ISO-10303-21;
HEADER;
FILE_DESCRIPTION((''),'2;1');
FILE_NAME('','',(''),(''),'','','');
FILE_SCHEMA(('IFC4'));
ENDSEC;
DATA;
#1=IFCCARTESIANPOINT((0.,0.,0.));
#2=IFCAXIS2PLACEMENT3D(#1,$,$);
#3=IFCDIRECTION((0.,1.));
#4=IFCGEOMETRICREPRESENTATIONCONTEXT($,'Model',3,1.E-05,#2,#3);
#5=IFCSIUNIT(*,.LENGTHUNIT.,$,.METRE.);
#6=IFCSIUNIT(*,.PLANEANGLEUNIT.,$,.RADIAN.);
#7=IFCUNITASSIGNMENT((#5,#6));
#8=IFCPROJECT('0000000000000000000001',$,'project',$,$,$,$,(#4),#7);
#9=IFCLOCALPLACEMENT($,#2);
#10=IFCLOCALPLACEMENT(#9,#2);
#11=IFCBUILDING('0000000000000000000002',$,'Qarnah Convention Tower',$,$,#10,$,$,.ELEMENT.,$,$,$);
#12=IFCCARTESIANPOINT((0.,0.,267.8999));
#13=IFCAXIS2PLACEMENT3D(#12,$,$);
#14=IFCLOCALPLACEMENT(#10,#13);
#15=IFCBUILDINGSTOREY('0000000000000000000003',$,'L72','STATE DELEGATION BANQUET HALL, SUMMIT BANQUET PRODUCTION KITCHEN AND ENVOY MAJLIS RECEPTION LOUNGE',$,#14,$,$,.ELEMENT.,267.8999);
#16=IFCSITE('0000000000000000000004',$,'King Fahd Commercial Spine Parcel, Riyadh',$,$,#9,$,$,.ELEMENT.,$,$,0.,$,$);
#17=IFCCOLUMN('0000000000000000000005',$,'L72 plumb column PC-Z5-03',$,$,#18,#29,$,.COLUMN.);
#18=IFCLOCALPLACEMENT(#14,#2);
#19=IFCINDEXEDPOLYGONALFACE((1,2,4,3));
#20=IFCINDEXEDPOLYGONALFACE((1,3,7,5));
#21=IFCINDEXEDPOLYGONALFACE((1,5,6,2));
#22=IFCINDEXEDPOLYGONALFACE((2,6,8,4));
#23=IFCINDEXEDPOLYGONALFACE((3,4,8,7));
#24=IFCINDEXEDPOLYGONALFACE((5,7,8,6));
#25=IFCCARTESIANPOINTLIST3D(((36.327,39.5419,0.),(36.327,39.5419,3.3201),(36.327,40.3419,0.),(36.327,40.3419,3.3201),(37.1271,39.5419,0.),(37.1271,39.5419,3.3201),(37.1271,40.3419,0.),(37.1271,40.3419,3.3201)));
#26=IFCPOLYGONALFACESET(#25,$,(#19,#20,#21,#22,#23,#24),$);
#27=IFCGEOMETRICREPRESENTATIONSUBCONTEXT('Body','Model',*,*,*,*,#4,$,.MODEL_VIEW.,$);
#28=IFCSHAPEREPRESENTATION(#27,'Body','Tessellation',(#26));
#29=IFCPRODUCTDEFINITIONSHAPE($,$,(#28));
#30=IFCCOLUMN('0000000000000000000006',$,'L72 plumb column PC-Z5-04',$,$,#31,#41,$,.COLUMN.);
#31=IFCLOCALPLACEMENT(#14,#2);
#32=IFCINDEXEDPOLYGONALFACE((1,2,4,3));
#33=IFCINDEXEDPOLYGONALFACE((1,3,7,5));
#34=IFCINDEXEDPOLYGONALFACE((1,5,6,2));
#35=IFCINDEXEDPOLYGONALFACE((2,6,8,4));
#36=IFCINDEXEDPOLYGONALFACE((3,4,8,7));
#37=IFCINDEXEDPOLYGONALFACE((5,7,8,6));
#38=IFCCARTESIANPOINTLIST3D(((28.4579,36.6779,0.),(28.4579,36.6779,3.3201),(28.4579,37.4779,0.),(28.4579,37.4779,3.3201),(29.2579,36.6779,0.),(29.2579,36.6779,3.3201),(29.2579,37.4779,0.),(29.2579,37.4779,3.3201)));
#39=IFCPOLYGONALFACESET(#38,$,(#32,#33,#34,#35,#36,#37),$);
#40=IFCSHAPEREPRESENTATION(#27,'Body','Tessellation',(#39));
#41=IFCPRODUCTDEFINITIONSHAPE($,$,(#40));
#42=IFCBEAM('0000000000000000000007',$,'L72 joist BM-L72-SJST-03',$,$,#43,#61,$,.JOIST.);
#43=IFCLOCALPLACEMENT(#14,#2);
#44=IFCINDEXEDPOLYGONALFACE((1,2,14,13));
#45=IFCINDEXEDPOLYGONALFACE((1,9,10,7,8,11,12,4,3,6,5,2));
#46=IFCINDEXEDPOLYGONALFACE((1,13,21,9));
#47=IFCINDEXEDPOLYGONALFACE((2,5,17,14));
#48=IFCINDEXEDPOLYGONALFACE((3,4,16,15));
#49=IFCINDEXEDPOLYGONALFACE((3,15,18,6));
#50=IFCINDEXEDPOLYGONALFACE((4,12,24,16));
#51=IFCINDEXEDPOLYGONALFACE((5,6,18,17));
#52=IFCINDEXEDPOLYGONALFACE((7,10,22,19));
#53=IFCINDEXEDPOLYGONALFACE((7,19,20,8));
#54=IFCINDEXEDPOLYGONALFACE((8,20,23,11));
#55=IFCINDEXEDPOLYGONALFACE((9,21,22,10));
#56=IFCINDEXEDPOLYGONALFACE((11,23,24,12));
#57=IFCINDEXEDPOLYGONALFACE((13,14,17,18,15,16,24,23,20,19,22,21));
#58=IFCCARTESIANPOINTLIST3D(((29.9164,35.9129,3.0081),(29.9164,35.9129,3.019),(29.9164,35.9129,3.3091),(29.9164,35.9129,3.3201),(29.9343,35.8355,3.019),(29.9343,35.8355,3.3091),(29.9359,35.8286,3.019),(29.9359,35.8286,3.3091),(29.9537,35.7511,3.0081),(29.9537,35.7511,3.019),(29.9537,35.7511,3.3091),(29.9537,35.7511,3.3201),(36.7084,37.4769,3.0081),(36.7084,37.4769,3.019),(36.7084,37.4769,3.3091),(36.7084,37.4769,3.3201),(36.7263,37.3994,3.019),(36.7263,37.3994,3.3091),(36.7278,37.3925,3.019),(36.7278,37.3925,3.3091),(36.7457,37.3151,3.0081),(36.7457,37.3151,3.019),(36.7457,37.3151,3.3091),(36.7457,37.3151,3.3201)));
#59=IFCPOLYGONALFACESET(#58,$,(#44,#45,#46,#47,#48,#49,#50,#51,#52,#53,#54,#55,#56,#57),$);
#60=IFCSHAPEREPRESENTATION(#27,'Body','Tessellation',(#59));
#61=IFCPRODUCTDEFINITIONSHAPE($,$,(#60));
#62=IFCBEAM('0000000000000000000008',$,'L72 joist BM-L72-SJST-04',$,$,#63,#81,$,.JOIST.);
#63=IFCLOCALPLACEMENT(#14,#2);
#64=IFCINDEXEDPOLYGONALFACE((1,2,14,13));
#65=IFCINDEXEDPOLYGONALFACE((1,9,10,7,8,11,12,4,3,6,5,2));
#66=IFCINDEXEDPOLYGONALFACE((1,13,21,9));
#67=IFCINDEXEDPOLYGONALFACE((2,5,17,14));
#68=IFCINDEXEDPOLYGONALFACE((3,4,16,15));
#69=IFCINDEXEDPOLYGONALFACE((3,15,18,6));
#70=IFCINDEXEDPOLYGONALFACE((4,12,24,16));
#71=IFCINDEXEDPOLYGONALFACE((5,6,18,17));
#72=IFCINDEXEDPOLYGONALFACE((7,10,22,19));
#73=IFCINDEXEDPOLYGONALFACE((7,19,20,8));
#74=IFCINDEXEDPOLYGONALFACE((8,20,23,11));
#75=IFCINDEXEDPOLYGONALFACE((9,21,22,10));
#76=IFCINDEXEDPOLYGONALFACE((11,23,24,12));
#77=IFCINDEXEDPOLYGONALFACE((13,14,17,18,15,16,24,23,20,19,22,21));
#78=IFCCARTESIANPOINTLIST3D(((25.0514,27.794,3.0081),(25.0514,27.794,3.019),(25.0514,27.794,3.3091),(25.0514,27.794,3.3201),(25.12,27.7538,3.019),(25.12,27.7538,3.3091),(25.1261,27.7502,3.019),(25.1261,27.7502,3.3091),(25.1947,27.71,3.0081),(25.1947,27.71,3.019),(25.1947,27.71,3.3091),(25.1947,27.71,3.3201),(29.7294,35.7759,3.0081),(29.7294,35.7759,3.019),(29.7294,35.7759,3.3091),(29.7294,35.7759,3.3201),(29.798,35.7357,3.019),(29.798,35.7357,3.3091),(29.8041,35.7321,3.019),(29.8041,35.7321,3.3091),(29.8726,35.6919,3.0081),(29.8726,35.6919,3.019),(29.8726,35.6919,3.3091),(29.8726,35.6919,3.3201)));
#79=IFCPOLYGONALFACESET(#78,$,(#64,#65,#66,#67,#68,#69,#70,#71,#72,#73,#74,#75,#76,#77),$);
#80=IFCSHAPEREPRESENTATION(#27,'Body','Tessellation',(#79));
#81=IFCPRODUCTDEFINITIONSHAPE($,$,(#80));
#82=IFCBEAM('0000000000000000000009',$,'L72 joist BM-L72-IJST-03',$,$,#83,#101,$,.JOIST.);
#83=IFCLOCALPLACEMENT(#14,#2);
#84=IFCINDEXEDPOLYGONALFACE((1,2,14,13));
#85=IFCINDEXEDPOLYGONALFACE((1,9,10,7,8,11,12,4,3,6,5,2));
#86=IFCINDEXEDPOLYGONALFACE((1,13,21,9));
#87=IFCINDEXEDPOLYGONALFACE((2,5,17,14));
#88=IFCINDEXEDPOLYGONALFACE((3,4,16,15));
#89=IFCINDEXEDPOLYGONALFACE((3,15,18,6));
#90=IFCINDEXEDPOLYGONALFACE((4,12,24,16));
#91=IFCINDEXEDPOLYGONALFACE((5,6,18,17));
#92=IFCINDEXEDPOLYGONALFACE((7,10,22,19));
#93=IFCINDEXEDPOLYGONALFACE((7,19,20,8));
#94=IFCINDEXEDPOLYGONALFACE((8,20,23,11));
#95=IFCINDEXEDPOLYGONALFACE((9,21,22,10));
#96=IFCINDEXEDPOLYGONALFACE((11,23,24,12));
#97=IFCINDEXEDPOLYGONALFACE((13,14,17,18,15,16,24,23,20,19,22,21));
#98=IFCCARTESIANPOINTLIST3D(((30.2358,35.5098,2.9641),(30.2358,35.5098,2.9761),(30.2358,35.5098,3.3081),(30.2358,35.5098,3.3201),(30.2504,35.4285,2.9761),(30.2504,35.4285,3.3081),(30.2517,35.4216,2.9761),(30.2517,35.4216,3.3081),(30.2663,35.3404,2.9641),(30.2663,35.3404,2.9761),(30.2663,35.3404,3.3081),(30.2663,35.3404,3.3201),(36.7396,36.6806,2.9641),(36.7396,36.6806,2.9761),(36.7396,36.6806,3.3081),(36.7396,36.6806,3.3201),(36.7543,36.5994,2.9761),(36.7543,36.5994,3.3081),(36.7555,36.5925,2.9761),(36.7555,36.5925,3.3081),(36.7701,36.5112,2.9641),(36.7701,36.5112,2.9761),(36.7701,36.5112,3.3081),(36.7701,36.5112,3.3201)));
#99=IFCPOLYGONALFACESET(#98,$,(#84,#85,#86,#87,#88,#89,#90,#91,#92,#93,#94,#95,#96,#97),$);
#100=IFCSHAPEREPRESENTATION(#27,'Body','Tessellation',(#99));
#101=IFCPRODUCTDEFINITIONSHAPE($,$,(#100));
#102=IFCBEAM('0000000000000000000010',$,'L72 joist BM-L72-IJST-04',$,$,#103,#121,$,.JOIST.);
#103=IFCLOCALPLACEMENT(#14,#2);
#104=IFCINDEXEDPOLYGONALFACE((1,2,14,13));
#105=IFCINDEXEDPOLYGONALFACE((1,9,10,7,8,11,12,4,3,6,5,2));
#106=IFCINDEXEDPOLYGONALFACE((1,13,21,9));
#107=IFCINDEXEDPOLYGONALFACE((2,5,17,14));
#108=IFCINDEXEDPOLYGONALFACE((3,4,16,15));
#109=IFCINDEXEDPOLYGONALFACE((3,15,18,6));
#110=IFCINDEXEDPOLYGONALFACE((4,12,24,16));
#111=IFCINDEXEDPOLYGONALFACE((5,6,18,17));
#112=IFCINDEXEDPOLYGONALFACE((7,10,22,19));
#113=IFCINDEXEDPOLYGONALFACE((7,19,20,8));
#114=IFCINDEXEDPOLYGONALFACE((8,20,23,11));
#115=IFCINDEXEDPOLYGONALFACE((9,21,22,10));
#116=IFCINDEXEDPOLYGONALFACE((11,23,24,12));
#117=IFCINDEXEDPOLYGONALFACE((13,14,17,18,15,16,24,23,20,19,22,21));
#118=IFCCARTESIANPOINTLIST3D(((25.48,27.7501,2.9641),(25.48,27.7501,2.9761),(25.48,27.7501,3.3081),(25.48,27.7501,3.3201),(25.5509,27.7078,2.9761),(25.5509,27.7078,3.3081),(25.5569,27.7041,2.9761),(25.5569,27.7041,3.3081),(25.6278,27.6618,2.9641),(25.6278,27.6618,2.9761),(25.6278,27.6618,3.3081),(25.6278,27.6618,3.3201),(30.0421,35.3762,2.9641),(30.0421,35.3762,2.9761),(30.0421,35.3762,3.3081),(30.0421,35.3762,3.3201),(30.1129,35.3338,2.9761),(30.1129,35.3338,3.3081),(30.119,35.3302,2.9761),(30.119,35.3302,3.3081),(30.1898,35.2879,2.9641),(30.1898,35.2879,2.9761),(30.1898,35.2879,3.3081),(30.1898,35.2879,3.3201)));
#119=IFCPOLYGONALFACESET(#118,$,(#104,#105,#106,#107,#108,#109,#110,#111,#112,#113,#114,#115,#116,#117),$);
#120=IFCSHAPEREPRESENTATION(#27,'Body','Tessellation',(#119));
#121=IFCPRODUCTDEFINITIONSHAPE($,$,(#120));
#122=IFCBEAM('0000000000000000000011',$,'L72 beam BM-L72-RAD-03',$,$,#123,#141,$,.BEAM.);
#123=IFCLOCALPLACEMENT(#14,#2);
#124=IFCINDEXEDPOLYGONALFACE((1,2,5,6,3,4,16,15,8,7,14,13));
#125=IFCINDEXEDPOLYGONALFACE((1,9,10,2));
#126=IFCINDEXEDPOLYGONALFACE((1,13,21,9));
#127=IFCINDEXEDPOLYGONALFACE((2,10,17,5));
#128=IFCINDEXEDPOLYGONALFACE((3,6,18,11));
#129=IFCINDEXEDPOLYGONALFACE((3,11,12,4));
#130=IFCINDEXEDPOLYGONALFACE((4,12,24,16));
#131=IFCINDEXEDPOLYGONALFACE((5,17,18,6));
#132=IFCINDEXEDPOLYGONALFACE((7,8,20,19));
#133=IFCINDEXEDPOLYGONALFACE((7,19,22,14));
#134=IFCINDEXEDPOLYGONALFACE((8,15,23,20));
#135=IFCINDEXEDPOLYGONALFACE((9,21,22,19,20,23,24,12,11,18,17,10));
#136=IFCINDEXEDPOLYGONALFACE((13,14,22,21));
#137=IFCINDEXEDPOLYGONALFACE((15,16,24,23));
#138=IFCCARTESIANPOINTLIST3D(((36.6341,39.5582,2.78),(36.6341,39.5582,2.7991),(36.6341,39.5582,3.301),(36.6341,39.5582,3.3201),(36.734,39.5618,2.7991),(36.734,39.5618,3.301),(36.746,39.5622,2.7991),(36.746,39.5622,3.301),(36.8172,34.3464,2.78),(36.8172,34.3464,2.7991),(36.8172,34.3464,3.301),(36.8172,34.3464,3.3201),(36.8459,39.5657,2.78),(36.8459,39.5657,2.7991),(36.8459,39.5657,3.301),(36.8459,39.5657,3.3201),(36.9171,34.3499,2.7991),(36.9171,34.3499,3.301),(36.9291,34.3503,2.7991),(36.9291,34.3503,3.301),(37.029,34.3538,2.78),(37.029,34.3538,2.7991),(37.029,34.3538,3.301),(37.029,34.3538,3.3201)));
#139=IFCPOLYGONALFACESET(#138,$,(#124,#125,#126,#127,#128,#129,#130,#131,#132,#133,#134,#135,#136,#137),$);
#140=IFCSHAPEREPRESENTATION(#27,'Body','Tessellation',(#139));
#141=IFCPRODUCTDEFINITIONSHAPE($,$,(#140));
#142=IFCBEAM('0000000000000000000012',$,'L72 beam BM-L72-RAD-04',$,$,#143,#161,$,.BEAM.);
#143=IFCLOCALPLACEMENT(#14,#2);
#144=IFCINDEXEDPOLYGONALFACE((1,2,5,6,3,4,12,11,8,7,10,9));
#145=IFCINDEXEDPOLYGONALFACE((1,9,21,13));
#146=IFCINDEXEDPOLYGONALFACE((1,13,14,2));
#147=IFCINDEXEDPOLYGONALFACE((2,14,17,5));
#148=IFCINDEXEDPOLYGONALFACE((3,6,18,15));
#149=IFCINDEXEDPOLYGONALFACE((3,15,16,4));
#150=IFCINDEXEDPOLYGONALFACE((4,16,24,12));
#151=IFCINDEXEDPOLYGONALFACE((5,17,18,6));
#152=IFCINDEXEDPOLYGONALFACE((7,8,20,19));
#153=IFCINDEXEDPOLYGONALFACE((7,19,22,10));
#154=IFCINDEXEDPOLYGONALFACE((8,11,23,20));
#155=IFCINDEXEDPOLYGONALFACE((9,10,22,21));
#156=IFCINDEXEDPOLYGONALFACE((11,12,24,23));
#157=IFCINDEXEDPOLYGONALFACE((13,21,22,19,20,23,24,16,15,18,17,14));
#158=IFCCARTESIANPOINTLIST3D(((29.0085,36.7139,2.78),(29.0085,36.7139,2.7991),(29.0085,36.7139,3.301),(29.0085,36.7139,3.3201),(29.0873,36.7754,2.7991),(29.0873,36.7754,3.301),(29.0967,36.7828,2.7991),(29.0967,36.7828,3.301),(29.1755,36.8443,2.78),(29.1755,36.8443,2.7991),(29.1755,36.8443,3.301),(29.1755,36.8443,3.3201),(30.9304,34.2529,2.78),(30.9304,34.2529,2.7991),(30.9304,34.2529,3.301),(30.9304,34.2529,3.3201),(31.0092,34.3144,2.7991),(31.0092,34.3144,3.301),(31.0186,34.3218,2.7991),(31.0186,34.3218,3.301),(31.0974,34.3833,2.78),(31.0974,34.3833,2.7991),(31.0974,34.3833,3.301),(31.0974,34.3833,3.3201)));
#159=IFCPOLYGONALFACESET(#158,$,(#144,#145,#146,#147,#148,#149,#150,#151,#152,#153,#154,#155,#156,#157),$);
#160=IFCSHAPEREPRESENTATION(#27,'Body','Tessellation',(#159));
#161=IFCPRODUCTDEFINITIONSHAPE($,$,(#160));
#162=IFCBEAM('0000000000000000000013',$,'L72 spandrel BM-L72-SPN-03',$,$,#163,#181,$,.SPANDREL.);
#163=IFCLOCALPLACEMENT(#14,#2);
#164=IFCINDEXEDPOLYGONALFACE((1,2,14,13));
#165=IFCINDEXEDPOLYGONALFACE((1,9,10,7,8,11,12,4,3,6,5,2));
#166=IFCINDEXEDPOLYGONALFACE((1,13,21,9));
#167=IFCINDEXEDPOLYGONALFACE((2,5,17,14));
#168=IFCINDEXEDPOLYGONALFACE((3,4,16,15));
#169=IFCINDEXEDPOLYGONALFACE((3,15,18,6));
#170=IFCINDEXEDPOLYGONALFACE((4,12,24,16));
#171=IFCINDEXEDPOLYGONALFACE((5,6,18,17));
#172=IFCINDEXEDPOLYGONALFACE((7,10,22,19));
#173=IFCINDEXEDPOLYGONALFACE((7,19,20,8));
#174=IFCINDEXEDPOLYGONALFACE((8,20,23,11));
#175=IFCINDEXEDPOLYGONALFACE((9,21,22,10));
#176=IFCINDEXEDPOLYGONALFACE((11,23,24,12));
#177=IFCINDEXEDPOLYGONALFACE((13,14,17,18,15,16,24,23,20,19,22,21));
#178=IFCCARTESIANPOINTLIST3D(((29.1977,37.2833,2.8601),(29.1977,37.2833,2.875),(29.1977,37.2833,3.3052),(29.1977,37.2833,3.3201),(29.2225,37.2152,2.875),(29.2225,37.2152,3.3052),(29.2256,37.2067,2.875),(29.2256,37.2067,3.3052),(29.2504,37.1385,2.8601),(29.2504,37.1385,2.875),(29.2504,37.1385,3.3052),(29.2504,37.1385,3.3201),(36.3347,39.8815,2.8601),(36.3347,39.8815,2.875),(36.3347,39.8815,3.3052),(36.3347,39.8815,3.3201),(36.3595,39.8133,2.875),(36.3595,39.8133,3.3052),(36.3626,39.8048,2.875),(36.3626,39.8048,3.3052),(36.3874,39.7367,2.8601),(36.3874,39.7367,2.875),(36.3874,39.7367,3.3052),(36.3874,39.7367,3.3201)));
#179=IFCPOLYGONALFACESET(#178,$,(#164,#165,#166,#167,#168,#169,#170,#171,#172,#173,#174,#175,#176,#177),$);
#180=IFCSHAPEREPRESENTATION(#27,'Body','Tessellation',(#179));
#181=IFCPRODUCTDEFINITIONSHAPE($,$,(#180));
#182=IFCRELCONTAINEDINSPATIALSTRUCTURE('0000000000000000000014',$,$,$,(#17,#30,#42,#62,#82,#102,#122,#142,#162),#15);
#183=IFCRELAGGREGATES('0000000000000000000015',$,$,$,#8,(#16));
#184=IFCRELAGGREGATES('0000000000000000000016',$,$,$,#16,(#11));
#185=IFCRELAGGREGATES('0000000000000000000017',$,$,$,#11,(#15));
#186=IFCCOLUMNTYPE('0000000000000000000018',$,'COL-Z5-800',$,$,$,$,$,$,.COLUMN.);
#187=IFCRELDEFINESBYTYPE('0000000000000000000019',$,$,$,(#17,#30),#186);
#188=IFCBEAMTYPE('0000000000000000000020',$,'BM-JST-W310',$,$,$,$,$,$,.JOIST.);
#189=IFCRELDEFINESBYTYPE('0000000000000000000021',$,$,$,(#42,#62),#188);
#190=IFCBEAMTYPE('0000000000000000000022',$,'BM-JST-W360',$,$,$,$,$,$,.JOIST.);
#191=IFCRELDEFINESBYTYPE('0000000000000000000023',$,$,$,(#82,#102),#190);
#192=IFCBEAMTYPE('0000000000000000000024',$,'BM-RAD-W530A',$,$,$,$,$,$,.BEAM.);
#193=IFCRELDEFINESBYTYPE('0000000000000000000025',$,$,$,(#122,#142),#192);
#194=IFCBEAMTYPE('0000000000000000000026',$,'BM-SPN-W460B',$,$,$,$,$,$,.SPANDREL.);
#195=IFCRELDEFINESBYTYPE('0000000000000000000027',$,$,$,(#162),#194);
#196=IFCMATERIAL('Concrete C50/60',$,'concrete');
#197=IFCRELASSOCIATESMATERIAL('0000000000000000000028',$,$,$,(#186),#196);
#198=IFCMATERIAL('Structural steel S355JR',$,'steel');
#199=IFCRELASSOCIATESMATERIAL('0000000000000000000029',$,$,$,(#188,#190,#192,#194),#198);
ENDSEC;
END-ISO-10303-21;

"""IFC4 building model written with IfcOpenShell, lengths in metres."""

from ifc_helpers import new_model, si_unit, direction, frame, origin, origin_2d, place, context, subcontext, project, spatial, rectangle, i_section, extrude, material, material_profile, profile_set, type_object, element, save


model = new_model("IFC4")

# Units and contexts
model_context = context("Model", 3, precision=1e-05, world=origin(), true_north=direction((0.0, 1.0)))
body_context = subcontext(model_context, "Body", "Model", "MODEL_VIEW")
ifc_project = project(units=[si_unit("LENGTHUNIT", "METRE"), si_unit("PLANEANGLEUNIT", "RADIAN")], contexts=[model_context])

# Site, building, storey
site_placement = place(None, origin())
site = spatial("IfcSite", under=ifc_project, at=site_placement, Name="King Fahd Commercial Spine Parcel, Riyadh", CompositionType="ELEMENT", RefElevation=0.0)
building_placement = place(site_placement, origin())
building = spatial("IfcBuilding", under=site, at=building_placement, Name="Qarnah Convention Tower", CompositionType="ELEMENT")
storey_placement = place(building_placement, frame((0.0, 0.0, 267.8999)))
storey = spatial("IfcBuildingStorey", under=building, at=storey_placement, Name="L72", Description="STATE DELEGATION BANQUET HALL, SUMMIT BANQUET PRODUCTION KITCHEN AND ENVOY MAJLIS RECEPTION LOUNGE", CompositionType="ELEMENT", Elevation=267.8999)

# Columns
ifc_material_1 = material(Name="Concrete C50/60", Category="concrete")
ifc_material_profile_1 = material_profile(ifc_material_1, rectangle(XDim=0.8, YDim=0.8, at=origin_2d()), Name="RC-COL-800X800")
ifc_profile_set_1 = profile_set([ifc_material_profile_1], Name="Concrete C50/60")
column_type = type_object("IfcColumnType", Name="COL-Z5-800", PredefinedType="COLUMN", material=ifc_profile_set_1)
for number, where, z_axis, x_axis, name in (
    (1, (36.7271, 39.9419, 0.0), (0.0, 0.0, 1.0), (1.0, 0.0, 0.0), "L72 plumb column PC-Z5-03"),
    (2, (28.8579, 37.0779, 0.0), (0.0, 0.0, 1.0), (1.0, 0.0, 0.0), "L72 plumb column PC-Z5-04"),
):
    element("IfcColumn", number, at=place(storey_placement, frame(where, z_axis=z_axis, x_axis=x_axis)), inside=storey, type_object=column_type, Name=name, PredefinedType="COLUMN", context=body_context, shape_type="SweptSolid", body=[
        extrude(rectangle(XDim=0.8, YDim=0.8, at=origin_2d()), origin(), (0.0, 0.0, 1.0), 3.3201),
    ])

# Beams
ifc_material_2 = material(Name="Structural steel S355JR", Category="steel")
ifc_material_profile_2 = material_profile(ifc_material_2, i_section(OverallWidth=0.166, OverallDepth=0.312, WebThickness=0.0071, FlangeThickness=0.011, at=origin_2d()), Name="W310X45")
ifc_profile_set_2 = profile_set([ifc_material_profile_2], Name="Structural steel S355JR")
beam_type_1 = type_object("IfcBeamType", Name="BM-JST-W310", PredefinedType="JOIST", material=ifc_profile_set_2)
beam_1_placement = place(storey_placement, frame((36.7271, 37.396, 3.1641), z_axis=(-0.974499, -0.224394, 0.0), x_axis=(0.224394, -0.974499, 0.0)))
element("IfcBeam", 3, at=beam_1_placement, inside=storey, type_object=beam_type_1, Name="L72 joist BM-L72-SJST-03", PredefinedType="JOIST", context=body_context, shape_type="SweptSolid", body=[
    extrude(i_section(OverallWidth=0.166, OverallDepth=0.312, WebThickness=0.0071, FlangeThickness=0.011, at=origin_2d()), origin(), (0.0, 0.0, 1.0), 6.9697),
])
beam_2_placement = place(storey_placement, frame((29.801, 35.7339, 3.1641), z_axis=(-0.505632, -0.862749, 0.0), x_axis=(0.862749, -0.505632, 0.0)))
element("IfcBeam", 4, at=beam_2_placement, inside=storey, type_object=beam_type_1, Name="L72 joist BM-L72-SJST-04", PredefinedType="JOIST", context=body_context, shape_type="SweptSolid", body=[
    extrude(i_section(OverallWidth=0.166, OverallDepth=0.312, WebThickness=0.0071, FlangeThickness=0.011, at=origin_2d()), origin(), (0.0, 0.0, 1.0), 9.2517),
])
ifc_material_profile_3 = material_profile(ifc_material_2, i_section(OverallWidth=0.1721, OverallDepth=0.356, WebThickness=0.0071, FlangeThickness=0.012, at=origin_2d()), Name="W360X51")
ifc_profile_set_3 = profile_set([ifc_material_profile_3], Name="Structural steel S355JR")
beam_type_2 = type_object("IfcBeamType", Name="BM-JST-W360", PredefinedType="JOIST", material=ifc_profile_set_3)
beam_3_placement = place(storey_placement, frame((36.7549, 36.5959, 3.1421), z_axis=(-0.984178, -0.177182, 0.0), x_axis=(0.177182, -0.984178, 0.0)))
element("IfcBeam", 5, at=beam_3_placement, inside=storey, type_object=beam_type_2, Name="L72 joist BM-L72-IJST-03", PredefinedType="JOIST", context=body_context, shape_type="SweptSolid", body=[
    extrude(i_section(OverallWidth=0.1721, OverallDepth=0.356, WebThickness=0.0071, FlangeThickness=0.012, at=origin_2d()), origin(), (0.0, 0.0, 1.0), 6.6084),
])
beam_4_placement = place(storey_placement, frame((30.116, 35.332, 3.1421), z_axis=(-0.513372, -0.858166, 0.0), x_axis=(0.858166, -0.513372, 0.0)))
element("IfcBeam", 6, at=beam_4_placement, inside=storey, type_object=beam_type_2, Name="L72 joist BM-L72-IJST-04", PredefinedType="JOIST", context=body_context, shape_type="SweptSolid", body=[
    extrude(i_section(OverallWidth=0.1721, OverallDepth=0.356, WebThickness=0.0071, FlangeThickness=0.012, at=origin_2d()), origin(), (0.0, 0.0, 1.0), 8.8865),
])
ifc_material_profile_4 = material_profile(ifc_material_2, i_section(OverallWidth=0.2119, OverallDepth=0.54, WebThickness=0.012, FlangeThickness=0.019, at=origin_2d()), Name="W530X109")
ifc_profile_set_4 = profile_set([ifc_material_profile_4], Name="Structural steel S355JR")
beam_type_3 = type_object("IfcBeamType", Name="BM-RAD-W530A", PredefinedType="BEAM", material=ifc_profile_set_4)
beam_5_placement = place(storey_placement, frame((36.9231, 34.3501, 3.05), z_axis=(-0.03511, 0.999383, 0.0), x_axis=(-0.999383, -0.03511, 0.0)))
element("IfcBeam", 7, at=beam_5_placement, inside=storey, type_object=beam_type_3, Name="L72 beam BM-L72-RAD-03", PredefinedType="BEAM", context=body_context, shape_type="SweptSolid", body=[
    extrude(i_section(OverallWidth=0.2119, OverallDepth=0.54, WebThickness=0.012, FlangeThickness=0.019, at=origin_2d()), origin(), (0.0, 0.0, 1.0), 5.2151),
])
beam_6_placement = place(storey_placement, frame((31.0139, 34.3181, 3.05), z_axis=(-0.615498, 0.788138, 0.0), x_axis=(-0.788138, -0.615498, 0.0)))
element("IfcBeam", 8, at=beam_6_placement, inside=storey, type_object=beam_type_3, Name="L72 beam BM-L72-RAD-04", PredefinedType="BEAM", context=body_context, shape_type="SweptSolid", body=[
    extrude(i_section(OverallWidth=0.2119, OverallDepth=0.54, WebThickness=0.012, FlangeThickness=0.019, at=origin_2d()), origin(), (0.0, 0.0, 1.0), 3.1226),
])
ifc_material_profile_5 = material_profile(ifc_material_2, i_section(OverallWidth=0.1541, OverallDepth=0.46, WebThickness=0.009, FlangeThickness=0.0149, at=origin_2d()), Name="W460X68")
ifc_profile_set_5 = profile_set([ifc_material_profile_5], Name="Structural steel S355JR")
beam_type_4 = type_object("IfcBeamType", Name="BM-SPN-W460B", PredefinedType="SPANDREL", material=ifc_profile_set_5)
beam_7_placement = place(storey_placement, frame((36.3611, 39.8091, 3.0901), z_axis=(-0.939671, -0.342079, 0.0), x_axis=(0.342079, -0.939671, 0.0)))
element("IfcBeam", 9, at=beam_7_placement, inside=storey, type_object=beam_type_4, Name="L72 spandrel BM-L72-SPN-03", PredefinedType="SPANDREL", context=body_context, shape_type="SweptSolid", body=[
    extrude(i_section(OverallWidth=0.1541, OverallDepth=0.46, WebThickness=0.009, FlangeThickness=0.0149, at=origin_2d()), origin(), (0.0, 0.0, 1.0), 7.5952),
])

save(model, "model.ifc")
